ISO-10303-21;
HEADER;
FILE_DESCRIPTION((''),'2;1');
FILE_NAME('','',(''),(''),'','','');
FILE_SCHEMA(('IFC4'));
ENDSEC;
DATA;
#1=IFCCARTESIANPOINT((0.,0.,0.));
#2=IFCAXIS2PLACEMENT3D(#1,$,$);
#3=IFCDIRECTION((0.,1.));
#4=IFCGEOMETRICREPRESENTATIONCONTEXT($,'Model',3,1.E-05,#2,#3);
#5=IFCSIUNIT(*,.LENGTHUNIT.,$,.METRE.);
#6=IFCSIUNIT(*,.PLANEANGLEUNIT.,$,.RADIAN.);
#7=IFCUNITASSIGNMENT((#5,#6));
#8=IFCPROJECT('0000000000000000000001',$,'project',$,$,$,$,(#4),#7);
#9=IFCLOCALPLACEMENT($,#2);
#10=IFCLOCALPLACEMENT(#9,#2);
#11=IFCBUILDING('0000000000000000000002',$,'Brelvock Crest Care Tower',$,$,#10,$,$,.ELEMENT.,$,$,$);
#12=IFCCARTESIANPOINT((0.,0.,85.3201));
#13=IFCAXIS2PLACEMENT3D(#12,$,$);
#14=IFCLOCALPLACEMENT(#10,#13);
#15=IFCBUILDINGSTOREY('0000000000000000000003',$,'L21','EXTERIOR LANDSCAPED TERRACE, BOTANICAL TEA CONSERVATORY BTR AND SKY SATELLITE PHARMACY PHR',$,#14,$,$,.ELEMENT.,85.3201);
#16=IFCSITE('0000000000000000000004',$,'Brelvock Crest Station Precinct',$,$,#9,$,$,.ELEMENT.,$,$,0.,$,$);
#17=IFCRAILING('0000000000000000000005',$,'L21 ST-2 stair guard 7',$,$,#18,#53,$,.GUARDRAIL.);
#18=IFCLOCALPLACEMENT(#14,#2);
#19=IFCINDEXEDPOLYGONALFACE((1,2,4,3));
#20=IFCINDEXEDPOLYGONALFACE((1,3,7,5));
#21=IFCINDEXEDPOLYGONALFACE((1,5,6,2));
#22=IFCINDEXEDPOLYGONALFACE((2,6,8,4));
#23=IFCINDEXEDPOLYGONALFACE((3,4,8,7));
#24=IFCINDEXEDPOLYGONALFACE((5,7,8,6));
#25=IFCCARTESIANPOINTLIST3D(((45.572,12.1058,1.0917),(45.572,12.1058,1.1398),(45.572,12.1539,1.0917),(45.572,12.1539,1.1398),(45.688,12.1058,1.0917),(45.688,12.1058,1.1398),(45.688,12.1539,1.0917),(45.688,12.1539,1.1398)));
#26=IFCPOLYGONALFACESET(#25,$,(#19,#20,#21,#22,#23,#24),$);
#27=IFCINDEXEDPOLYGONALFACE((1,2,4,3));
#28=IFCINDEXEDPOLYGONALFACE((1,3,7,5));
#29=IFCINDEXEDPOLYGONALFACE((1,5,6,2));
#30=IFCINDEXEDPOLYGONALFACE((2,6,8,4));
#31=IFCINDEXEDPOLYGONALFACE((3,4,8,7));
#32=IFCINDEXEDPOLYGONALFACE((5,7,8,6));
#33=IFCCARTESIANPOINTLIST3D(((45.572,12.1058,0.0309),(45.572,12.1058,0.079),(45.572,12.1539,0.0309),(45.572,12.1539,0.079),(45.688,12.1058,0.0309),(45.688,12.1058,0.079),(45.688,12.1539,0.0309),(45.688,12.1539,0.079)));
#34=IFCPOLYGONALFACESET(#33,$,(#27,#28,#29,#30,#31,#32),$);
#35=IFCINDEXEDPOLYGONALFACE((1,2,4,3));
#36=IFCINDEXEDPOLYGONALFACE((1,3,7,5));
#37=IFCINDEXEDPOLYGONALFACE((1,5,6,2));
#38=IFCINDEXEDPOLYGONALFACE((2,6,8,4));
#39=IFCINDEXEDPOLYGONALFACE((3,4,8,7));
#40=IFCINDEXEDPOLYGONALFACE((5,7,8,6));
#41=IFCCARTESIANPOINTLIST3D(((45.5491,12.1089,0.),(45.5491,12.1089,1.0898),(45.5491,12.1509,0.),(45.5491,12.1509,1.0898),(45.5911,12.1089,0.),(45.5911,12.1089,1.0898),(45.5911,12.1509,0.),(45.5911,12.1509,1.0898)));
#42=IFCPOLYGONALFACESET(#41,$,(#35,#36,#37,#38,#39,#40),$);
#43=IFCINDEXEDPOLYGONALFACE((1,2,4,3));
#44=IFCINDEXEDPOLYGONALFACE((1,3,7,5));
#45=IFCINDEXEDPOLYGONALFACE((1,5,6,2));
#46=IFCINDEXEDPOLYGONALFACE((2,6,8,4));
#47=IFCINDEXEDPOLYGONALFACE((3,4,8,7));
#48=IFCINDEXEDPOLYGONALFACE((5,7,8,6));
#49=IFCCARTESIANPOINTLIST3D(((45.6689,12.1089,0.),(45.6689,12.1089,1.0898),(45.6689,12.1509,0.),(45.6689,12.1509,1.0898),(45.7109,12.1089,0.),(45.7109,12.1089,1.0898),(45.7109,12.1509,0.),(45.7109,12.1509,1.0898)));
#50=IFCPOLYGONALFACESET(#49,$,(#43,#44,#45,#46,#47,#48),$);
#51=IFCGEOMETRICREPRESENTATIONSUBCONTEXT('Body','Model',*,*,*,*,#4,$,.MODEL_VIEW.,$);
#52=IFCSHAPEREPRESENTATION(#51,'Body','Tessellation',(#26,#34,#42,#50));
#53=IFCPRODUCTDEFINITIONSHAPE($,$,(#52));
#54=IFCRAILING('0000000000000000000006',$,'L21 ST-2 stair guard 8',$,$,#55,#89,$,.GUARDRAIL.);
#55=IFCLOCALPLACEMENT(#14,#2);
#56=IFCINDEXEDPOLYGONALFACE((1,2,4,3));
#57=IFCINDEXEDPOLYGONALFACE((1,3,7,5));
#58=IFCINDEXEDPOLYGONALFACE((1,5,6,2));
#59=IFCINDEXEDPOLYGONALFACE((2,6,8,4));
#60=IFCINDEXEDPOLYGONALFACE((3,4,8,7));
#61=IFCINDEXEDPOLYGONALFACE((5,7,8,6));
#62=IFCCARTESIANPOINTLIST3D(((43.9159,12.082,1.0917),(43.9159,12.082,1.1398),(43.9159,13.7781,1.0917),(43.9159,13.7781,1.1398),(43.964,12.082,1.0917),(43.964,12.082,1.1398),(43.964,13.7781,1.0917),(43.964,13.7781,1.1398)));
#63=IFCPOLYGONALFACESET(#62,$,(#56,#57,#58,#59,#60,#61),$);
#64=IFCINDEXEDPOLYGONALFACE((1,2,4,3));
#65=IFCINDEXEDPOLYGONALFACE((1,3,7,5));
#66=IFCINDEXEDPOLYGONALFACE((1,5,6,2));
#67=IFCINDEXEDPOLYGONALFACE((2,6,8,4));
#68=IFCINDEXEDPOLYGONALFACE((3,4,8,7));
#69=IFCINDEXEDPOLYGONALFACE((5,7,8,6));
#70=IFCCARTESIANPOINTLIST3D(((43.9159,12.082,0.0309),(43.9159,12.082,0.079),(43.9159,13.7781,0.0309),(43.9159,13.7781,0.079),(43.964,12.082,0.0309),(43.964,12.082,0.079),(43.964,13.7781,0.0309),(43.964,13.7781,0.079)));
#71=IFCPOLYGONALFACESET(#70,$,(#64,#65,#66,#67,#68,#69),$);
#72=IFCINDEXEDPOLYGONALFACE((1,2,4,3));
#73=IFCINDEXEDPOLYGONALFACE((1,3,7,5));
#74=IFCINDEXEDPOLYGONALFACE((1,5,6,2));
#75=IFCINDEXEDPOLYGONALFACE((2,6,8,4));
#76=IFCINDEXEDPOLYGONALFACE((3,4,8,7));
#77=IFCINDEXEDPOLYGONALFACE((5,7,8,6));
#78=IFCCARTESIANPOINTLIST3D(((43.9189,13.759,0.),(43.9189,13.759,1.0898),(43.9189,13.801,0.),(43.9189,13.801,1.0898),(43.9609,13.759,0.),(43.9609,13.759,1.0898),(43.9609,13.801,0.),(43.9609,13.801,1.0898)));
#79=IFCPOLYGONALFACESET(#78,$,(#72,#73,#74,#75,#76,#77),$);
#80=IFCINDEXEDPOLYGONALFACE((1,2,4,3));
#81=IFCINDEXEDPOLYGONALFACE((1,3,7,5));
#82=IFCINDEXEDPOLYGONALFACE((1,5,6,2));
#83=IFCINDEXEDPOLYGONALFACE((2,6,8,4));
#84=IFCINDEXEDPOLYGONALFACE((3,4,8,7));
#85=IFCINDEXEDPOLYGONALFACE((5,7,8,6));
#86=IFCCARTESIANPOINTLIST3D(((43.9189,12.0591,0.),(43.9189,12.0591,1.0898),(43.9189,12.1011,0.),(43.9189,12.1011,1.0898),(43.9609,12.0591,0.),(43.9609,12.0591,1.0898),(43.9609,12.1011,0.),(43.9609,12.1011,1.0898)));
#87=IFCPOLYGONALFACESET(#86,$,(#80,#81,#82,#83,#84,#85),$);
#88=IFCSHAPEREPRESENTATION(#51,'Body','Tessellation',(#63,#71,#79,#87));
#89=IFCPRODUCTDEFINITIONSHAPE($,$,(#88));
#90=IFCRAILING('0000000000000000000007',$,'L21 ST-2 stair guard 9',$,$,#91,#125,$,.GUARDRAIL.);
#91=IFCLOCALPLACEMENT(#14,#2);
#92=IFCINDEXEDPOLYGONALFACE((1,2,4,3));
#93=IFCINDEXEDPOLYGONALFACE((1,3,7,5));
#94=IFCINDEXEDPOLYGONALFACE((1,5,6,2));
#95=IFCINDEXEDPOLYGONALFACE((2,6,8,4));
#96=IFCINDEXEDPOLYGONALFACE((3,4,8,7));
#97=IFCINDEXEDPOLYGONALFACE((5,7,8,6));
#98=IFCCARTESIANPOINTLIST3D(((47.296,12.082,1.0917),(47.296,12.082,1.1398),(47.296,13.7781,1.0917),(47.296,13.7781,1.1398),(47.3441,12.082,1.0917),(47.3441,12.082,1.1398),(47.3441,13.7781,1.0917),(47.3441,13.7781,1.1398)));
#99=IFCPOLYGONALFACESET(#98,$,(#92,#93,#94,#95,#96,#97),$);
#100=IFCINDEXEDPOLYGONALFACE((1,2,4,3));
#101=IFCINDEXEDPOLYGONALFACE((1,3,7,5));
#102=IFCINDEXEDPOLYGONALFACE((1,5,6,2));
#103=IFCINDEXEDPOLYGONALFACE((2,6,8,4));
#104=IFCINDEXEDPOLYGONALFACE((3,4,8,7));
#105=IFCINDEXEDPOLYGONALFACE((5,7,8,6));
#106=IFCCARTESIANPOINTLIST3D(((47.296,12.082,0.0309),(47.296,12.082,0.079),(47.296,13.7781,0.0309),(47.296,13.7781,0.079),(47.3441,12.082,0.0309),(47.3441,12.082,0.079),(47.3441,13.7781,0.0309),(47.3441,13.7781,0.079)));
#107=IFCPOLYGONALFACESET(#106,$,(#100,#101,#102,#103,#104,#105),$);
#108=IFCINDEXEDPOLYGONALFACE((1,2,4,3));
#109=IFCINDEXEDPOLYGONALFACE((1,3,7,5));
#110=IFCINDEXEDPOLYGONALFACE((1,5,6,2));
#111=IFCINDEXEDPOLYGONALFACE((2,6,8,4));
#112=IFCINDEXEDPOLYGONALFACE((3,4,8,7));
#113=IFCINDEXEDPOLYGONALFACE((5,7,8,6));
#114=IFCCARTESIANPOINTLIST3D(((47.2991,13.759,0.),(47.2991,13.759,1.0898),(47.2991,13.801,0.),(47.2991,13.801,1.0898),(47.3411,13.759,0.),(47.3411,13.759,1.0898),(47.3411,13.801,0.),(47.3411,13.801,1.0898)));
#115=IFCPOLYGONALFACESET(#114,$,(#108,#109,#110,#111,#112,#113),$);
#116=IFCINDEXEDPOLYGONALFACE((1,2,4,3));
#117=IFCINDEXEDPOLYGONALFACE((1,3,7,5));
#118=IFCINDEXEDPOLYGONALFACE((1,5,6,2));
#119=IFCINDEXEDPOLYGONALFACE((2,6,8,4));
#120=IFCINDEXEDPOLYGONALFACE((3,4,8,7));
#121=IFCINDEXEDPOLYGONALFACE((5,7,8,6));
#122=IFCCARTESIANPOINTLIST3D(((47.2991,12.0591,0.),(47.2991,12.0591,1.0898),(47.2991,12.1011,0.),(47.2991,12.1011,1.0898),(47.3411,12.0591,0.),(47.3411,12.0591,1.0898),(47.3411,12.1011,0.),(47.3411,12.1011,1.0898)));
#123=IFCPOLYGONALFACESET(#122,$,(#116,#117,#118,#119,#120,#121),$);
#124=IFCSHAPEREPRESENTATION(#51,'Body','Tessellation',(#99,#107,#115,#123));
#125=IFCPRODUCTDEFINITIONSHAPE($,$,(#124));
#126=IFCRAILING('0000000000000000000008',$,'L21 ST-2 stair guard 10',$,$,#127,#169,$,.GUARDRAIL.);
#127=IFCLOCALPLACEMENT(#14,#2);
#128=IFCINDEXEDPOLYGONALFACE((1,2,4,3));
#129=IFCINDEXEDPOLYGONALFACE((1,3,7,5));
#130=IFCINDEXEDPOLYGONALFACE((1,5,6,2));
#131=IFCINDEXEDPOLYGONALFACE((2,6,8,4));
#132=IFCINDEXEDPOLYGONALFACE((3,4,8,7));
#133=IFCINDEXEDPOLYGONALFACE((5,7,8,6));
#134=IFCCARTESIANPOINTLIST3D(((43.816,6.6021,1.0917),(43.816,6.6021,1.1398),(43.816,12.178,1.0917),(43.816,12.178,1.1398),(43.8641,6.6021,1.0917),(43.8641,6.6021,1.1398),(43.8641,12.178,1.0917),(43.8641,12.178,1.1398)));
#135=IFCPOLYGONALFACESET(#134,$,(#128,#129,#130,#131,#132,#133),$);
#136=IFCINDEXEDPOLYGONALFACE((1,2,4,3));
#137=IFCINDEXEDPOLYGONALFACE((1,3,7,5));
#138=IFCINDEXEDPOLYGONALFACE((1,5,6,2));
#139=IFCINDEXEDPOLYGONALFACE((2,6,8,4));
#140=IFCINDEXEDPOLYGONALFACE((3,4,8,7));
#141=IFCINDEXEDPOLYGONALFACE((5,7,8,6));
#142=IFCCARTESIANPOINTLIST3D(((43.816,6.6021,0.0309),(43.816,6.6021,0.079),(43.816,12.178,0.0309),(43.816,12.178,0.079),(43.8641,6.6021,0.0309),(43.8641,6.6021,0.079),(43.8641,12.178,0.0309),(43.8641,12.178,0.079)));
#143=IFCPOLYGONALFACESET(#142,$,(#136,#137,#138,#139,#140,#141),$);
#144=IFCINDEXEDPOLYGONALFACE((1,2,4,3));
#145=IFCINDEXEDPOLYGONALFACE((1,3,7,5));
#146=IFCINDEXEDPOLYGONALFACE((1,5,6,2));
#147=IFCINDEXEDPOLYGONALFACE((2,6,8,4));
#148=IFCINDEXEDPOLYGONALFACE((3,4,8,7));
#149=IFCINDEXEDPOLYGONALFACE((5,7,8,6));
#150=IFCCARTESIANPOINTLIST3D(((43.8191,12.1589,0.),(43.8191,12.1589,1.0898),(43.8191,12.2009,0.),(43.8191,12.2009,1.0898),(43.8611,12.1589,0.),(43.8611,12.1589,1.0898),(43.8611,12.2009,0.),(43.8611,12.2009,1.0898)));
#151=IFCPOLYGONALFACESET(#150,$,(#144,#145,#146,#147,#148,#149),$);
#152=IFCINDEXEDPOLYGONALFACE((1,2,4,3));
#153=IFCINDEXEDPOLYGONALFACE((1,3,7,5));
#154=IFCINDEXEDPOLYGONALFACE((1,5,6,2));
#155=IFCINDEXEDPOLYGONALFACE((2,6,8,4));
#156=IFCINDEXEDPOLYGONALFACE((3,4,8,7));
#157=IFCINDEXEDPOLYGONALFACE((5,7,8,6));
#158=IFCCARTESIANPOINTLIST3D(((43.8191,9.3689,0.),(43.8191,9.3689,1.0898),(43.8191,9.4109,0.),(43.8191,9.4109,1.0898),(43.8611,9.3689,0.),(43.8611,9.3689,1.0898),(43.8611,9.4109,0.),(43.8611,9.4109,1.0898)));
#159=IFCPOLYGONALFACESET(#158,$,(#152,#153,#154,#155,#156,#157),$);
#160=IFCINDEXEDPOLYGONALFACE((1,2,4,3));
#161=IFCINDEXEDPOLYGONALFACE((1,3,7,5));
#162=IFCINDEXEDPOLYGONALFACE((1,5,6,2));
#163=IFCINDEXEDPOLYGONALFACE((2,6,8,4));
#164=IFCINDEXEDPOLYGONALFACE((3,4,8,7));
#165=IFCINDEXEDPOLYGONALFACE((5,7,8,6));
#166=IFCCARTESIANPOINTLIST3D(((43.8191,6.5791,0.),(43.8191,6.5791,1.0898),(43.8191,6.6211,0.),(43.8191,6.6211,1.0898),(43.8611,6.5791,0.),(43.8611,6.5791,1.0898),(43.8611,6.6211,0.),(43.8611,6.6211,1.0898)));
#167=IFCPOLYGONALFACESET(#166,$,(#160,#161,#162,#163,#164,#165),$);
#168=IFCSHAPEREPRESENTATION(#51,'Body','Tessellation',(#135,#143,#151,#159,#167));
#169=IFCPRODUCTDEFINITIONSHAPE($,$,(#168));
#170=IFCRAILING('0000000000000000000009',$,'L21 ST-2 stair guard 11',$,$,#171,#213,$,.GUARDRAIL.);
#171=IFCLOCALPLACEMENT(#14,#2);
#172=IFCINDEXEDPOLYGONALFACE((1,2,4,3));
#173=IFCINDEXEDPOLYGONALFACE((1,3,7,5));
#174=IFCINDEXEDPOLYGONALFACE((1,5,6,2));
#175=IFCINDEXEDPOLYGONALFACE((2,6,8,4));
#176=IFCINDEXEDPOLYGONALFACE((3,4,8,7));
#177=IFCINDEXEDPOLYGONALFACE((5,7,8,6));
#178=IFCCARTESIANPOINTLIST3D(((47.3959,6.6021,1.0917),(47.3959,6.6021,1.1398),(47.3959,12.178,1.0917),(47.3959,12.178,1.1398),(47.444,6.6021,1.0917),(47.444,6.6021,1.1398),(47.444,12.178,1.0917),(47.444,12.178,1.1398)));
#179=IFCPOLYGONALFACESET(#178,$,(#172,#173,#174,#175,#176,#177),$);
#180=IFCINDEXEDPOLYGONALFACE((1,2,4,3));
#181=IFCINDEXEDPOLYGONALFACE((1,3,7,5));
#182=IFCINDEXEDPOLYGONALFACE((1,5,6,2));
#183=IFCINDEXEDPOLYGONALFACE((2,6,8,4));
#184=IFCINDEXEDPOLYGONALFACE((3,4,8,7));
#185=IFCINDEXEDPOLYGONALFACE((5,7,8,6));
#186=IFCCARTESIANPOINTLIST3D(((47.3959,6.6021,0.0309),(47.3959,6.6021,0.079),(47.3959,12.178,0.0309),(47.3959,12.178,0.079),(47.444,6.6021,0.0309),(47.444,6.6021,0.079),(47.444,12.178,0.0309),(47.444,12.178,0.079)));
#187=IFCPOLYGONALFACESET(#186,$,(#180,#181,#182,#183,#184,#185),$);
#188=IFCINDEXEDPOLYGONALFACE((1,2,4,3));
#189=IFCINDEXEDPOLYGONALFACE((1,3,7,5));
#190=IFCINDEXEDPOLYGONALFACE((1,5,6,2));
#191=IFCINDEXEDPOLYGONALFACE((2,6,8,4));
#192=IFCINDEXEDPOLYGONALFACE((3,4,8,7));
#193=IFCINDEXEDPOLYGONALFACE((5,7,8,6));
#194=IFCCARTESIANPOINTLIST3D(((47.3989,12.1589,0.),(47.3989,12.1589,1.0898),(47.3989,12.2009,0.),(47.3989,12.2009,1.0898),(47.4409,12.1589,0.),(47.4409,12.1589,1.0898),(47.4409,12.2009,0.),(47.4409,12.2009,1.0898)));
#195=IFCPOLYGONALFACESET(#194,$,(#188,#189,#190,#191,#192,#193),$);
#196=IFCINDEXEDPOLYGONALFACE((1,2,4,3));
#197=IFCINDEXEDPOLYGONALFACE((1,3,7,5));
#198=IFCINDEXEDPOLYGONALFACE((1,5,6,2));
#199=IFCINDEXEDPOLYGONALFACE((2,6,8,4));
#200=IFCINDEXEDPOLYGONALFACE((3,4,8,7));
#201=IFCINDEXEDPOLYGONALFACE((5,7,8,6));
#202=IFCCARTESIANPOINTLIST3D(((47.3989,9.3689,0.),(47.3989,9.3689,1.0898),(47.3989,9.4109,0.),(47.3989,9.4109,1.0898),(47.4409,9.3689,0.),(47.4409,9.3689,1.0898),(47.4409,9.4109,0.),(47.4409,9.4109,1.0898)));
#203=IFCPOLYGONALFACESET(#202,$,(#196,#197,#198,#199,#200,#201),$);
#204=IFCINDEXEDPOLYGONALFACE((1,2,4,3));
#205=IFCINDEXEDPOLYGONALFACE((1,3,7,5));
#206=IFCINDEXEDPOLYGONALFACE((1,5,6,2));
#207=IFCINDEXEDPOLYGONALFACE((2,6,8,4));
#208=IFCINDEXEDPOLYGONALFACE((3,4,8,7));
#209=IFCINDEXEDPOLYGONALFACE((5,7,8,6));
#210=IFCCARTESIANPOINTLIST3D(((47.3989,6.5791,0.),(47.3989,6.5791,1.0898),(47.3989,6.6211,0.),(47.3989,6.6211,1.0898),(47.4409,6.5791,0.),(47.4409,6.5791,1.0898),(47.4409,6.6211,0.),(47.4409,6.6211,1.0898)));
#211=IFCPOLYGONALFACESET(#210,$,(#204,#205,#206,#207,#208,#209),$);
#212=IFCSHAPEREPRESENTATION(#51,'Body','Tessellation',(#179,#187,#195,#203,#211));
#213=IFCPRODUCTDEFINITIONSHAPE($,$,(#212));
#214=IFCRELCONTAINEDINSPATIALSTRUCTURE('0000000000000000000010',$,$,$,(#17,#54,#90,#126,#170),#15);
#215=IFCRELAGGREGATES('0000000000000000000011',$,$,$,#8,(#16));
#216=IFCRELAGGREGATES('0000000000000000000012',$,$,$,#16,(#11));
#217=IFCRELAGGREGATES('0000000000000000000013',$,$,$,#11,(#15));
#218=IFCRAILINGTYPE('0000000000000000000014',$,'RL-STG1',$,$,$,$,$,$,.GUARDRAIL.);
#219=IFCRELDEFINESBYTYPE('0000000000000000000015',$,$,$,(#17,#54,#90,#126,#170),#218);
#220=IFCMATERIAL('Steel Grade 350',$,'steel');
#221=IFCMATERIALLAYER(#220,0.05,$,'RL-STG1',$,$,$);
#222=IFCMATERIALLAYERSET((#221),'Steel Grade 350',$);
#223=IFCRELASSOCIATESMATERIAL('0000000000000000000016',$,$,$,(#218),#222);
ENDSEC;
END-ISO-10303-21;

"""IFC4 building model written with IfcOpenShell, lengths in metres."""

from ifc_helpers import new_model, si_unit, direction, frame, origin, origin_2d, place, context, subcontext, project, spatial, rectangle, extrude, material, layer, layer_set, type_object, element, save


model = new_model("IFC4")

# Units and contexts
model_context = context("Model", 3, precision=1e-05, world=origin(), true_north=direction((0.0, 1.0)))
body_context = subcontext(model_context, "Body", "Model", "MODEL_VIEW")
ifc_project = project(units=[si_unit("LENGTHUNIT", "METRE"), si_unit("PLANEANGLEUNIT", "RADIAN")], contexts=[model_context])

# Site, building, storey
site_placement = place(None, origin())
site = spatial("IfcSite", under=ifc_project, at=site_placement, Name="Brelvock Crest Station Precinct", CompositionType="ELEMENT", RefElevation=0.0)
building_placement = place(site_placement, origin())
building = spatial("IfcBuilding", under=site, at=building_placement, Name="Brelvock Crest Care Tower", CompositionType="ELEMENT")
storey_placement = place(building_placement, frame((0.0, 0.0, 85.3201)))
storey = spatial("IfcBuildingStorey", under=building, at=storey_placement, Name="L21", Description="EXTERIOR LANDSCAPED TERRACE, BOTANICAL TEA CONSERVATORY BTR AND SKY SATELLITE PHARMACY PHR", CompositionType="ELEMENT", Elevation=85.3201)

# Shared definitions
ifc_material_1 = material(Name="Steel Grade 350", Category="steel")

# Railings
ifc_layer_1 = layer(ifc_material_1, 0.05, Name="RL-STG1")
ifc_layer_set_1 = layer_set([ifc_layer_1], Name="Steel Grade 350")
railing_type_1 = type_object("IfcRailingType", Name="RL-STG1", PredefinedType="GUARDRAIL", material=ifc_layer_set_1)
railing_1_placement = place(storey_placement, frame((45.5701, 12.1299, 0.0)))
element("IfcRailing", 1, at=railing_1_placement, inside=storey, type_object=railing_type_1, Name="L21 ST-2 stair guard 7", PredefinedType="GUARDRAIL", context=body_context, shape_type="SweptSolid", body=[
    extrude(rectangle(XDim=0.0481, YDim=0.0481, at=origin_2d()), frame((0.002, 0.0, 1.1157), z_axis=(1.0, 0.0, 0.0), x_axis=(0.0, 1.0, 0.0)), (0.0, 0.0, 1.0), 0.116),
    extrude(rectangle(XDim=0.0481, YDim=0.0481, at=origin_2d()), frame((0.002, 0.0, 0.0549), z_axis=(1.0, 0.0, 0.0), x_axis=(0.0, 1.0, 0.0)), (0.0, 0.0, 1.0), 0.116),
    extrude(rectangle(XDim=0.042, YDim=0.042, at=origin_2d()), origin(), (0.0, 0.0, 1.0), 1.0898),
    extrude(rectangle(XDim=0.042, YDim=0.042, at=origin_2d()), frame((0.1199, 0.0, 0.0)), (0.0, 0.0, 1.0), 1.0898),
])
for number, where, name in (
    (2, (43.9399, 13.78, 0.0), "L21 ST-2 stair guard 8"),
    (3, (47.3201, 13.78, 0.0), "L21 ST-2 stair guard 9"),
):
    element("IfcRailing", number, at=place(storey_placement, frame(where)), inside=storey, type_object=railing_type_1, Name=name, PredefinedType="GUARDRAIL", context=body_context, shape_type="SweptSolid", body=[
        extrude(rectangle(XDim=0.0481, YDim=0.0481, at=origin_2d()), frame((0.0, -0.002, 1.1157), z_axis=(0.0, -1.0, 0.0), x_axis=(1.0, 0.0, 0.0)), (0.0, 0.0, 1.0), 1.696),
        extrude(rectangle(XDim=0.0481, YDim=0.0481, at=origin_2d()), frame((0.0, -0.002, 0.0549), z_axis=(0.0, -1.0, 0.0), x_axis=(1.0, 0.0, 0.0)), (0.0, 0.0, 1.0), 1.696),
        extrude(rectangle(XDim=0.042, YDim=0.042, at=origin_2d()), origin(), (0.0, 0.0, 1.0), 1.0898),
        extrude(rectangle(XDim=0.042, YDim=0.042, at=origin_2d()), frame((0.0, -1.7, 0.0)), (0.0, 0.0, 1.0), 1.0898),
    ])
for number, where, name in (
    (4, (43.8401, 12.1799, 0.0), "L21 ST-2 stair guard 10"),
    (5, (47.4199, 12.1799, 0.0), "L21 ST-2 stair guard 11"),
):
    element("IfcRailing", number, at=place(storey_placement, frame(where)), inside=storey, type_object=railing_type_1, Name=name, PredefinedType="GUARDRAIL", context=body_context, shape_type="SweptSolid", body=[
        extrude(rectangle(XDim=0.0481, YDim=0.0481, at=origin_2d()), frame((0.0, -0.002, 1.1157), z_axis=(0.0, -1.0, 0.0), x_axis=(1.0, 0.0, 0.0)), (0.0, 0.0, 1.0), 5.5759),
        extrude(rectangle(XDim=0.0481, YDim=0.0481, at=origin_2d()), frame((0.0, -0.002, 0.0549), z_axis=(0.0, -1.0, 0.0), x_axis=(1.0, 0.0, 0.0)), (0.0, 0.0, 1.0), 5.5759),
        extrude(rectangle(XDim=0.042, YDim=0.042, at=origin_2d()), origin(), (0.0, 0.0, 1.0), 1.0898),
        extrude(rectangle(XDim=0.042, YDim=0.042, at=origin_2d()), frame((0.0, -2.79, 0.0)), (0.0, 0.0, 1.0), 1.0898),
        extrude(rectangle(XDim=0.042, YDim=0.042, at=origin_2d()), frame((0.0, -5.5798, 0.0)), (0.0, 0.0, 1.0), 1.0898),
    ])

save(model, "model.ifc")
